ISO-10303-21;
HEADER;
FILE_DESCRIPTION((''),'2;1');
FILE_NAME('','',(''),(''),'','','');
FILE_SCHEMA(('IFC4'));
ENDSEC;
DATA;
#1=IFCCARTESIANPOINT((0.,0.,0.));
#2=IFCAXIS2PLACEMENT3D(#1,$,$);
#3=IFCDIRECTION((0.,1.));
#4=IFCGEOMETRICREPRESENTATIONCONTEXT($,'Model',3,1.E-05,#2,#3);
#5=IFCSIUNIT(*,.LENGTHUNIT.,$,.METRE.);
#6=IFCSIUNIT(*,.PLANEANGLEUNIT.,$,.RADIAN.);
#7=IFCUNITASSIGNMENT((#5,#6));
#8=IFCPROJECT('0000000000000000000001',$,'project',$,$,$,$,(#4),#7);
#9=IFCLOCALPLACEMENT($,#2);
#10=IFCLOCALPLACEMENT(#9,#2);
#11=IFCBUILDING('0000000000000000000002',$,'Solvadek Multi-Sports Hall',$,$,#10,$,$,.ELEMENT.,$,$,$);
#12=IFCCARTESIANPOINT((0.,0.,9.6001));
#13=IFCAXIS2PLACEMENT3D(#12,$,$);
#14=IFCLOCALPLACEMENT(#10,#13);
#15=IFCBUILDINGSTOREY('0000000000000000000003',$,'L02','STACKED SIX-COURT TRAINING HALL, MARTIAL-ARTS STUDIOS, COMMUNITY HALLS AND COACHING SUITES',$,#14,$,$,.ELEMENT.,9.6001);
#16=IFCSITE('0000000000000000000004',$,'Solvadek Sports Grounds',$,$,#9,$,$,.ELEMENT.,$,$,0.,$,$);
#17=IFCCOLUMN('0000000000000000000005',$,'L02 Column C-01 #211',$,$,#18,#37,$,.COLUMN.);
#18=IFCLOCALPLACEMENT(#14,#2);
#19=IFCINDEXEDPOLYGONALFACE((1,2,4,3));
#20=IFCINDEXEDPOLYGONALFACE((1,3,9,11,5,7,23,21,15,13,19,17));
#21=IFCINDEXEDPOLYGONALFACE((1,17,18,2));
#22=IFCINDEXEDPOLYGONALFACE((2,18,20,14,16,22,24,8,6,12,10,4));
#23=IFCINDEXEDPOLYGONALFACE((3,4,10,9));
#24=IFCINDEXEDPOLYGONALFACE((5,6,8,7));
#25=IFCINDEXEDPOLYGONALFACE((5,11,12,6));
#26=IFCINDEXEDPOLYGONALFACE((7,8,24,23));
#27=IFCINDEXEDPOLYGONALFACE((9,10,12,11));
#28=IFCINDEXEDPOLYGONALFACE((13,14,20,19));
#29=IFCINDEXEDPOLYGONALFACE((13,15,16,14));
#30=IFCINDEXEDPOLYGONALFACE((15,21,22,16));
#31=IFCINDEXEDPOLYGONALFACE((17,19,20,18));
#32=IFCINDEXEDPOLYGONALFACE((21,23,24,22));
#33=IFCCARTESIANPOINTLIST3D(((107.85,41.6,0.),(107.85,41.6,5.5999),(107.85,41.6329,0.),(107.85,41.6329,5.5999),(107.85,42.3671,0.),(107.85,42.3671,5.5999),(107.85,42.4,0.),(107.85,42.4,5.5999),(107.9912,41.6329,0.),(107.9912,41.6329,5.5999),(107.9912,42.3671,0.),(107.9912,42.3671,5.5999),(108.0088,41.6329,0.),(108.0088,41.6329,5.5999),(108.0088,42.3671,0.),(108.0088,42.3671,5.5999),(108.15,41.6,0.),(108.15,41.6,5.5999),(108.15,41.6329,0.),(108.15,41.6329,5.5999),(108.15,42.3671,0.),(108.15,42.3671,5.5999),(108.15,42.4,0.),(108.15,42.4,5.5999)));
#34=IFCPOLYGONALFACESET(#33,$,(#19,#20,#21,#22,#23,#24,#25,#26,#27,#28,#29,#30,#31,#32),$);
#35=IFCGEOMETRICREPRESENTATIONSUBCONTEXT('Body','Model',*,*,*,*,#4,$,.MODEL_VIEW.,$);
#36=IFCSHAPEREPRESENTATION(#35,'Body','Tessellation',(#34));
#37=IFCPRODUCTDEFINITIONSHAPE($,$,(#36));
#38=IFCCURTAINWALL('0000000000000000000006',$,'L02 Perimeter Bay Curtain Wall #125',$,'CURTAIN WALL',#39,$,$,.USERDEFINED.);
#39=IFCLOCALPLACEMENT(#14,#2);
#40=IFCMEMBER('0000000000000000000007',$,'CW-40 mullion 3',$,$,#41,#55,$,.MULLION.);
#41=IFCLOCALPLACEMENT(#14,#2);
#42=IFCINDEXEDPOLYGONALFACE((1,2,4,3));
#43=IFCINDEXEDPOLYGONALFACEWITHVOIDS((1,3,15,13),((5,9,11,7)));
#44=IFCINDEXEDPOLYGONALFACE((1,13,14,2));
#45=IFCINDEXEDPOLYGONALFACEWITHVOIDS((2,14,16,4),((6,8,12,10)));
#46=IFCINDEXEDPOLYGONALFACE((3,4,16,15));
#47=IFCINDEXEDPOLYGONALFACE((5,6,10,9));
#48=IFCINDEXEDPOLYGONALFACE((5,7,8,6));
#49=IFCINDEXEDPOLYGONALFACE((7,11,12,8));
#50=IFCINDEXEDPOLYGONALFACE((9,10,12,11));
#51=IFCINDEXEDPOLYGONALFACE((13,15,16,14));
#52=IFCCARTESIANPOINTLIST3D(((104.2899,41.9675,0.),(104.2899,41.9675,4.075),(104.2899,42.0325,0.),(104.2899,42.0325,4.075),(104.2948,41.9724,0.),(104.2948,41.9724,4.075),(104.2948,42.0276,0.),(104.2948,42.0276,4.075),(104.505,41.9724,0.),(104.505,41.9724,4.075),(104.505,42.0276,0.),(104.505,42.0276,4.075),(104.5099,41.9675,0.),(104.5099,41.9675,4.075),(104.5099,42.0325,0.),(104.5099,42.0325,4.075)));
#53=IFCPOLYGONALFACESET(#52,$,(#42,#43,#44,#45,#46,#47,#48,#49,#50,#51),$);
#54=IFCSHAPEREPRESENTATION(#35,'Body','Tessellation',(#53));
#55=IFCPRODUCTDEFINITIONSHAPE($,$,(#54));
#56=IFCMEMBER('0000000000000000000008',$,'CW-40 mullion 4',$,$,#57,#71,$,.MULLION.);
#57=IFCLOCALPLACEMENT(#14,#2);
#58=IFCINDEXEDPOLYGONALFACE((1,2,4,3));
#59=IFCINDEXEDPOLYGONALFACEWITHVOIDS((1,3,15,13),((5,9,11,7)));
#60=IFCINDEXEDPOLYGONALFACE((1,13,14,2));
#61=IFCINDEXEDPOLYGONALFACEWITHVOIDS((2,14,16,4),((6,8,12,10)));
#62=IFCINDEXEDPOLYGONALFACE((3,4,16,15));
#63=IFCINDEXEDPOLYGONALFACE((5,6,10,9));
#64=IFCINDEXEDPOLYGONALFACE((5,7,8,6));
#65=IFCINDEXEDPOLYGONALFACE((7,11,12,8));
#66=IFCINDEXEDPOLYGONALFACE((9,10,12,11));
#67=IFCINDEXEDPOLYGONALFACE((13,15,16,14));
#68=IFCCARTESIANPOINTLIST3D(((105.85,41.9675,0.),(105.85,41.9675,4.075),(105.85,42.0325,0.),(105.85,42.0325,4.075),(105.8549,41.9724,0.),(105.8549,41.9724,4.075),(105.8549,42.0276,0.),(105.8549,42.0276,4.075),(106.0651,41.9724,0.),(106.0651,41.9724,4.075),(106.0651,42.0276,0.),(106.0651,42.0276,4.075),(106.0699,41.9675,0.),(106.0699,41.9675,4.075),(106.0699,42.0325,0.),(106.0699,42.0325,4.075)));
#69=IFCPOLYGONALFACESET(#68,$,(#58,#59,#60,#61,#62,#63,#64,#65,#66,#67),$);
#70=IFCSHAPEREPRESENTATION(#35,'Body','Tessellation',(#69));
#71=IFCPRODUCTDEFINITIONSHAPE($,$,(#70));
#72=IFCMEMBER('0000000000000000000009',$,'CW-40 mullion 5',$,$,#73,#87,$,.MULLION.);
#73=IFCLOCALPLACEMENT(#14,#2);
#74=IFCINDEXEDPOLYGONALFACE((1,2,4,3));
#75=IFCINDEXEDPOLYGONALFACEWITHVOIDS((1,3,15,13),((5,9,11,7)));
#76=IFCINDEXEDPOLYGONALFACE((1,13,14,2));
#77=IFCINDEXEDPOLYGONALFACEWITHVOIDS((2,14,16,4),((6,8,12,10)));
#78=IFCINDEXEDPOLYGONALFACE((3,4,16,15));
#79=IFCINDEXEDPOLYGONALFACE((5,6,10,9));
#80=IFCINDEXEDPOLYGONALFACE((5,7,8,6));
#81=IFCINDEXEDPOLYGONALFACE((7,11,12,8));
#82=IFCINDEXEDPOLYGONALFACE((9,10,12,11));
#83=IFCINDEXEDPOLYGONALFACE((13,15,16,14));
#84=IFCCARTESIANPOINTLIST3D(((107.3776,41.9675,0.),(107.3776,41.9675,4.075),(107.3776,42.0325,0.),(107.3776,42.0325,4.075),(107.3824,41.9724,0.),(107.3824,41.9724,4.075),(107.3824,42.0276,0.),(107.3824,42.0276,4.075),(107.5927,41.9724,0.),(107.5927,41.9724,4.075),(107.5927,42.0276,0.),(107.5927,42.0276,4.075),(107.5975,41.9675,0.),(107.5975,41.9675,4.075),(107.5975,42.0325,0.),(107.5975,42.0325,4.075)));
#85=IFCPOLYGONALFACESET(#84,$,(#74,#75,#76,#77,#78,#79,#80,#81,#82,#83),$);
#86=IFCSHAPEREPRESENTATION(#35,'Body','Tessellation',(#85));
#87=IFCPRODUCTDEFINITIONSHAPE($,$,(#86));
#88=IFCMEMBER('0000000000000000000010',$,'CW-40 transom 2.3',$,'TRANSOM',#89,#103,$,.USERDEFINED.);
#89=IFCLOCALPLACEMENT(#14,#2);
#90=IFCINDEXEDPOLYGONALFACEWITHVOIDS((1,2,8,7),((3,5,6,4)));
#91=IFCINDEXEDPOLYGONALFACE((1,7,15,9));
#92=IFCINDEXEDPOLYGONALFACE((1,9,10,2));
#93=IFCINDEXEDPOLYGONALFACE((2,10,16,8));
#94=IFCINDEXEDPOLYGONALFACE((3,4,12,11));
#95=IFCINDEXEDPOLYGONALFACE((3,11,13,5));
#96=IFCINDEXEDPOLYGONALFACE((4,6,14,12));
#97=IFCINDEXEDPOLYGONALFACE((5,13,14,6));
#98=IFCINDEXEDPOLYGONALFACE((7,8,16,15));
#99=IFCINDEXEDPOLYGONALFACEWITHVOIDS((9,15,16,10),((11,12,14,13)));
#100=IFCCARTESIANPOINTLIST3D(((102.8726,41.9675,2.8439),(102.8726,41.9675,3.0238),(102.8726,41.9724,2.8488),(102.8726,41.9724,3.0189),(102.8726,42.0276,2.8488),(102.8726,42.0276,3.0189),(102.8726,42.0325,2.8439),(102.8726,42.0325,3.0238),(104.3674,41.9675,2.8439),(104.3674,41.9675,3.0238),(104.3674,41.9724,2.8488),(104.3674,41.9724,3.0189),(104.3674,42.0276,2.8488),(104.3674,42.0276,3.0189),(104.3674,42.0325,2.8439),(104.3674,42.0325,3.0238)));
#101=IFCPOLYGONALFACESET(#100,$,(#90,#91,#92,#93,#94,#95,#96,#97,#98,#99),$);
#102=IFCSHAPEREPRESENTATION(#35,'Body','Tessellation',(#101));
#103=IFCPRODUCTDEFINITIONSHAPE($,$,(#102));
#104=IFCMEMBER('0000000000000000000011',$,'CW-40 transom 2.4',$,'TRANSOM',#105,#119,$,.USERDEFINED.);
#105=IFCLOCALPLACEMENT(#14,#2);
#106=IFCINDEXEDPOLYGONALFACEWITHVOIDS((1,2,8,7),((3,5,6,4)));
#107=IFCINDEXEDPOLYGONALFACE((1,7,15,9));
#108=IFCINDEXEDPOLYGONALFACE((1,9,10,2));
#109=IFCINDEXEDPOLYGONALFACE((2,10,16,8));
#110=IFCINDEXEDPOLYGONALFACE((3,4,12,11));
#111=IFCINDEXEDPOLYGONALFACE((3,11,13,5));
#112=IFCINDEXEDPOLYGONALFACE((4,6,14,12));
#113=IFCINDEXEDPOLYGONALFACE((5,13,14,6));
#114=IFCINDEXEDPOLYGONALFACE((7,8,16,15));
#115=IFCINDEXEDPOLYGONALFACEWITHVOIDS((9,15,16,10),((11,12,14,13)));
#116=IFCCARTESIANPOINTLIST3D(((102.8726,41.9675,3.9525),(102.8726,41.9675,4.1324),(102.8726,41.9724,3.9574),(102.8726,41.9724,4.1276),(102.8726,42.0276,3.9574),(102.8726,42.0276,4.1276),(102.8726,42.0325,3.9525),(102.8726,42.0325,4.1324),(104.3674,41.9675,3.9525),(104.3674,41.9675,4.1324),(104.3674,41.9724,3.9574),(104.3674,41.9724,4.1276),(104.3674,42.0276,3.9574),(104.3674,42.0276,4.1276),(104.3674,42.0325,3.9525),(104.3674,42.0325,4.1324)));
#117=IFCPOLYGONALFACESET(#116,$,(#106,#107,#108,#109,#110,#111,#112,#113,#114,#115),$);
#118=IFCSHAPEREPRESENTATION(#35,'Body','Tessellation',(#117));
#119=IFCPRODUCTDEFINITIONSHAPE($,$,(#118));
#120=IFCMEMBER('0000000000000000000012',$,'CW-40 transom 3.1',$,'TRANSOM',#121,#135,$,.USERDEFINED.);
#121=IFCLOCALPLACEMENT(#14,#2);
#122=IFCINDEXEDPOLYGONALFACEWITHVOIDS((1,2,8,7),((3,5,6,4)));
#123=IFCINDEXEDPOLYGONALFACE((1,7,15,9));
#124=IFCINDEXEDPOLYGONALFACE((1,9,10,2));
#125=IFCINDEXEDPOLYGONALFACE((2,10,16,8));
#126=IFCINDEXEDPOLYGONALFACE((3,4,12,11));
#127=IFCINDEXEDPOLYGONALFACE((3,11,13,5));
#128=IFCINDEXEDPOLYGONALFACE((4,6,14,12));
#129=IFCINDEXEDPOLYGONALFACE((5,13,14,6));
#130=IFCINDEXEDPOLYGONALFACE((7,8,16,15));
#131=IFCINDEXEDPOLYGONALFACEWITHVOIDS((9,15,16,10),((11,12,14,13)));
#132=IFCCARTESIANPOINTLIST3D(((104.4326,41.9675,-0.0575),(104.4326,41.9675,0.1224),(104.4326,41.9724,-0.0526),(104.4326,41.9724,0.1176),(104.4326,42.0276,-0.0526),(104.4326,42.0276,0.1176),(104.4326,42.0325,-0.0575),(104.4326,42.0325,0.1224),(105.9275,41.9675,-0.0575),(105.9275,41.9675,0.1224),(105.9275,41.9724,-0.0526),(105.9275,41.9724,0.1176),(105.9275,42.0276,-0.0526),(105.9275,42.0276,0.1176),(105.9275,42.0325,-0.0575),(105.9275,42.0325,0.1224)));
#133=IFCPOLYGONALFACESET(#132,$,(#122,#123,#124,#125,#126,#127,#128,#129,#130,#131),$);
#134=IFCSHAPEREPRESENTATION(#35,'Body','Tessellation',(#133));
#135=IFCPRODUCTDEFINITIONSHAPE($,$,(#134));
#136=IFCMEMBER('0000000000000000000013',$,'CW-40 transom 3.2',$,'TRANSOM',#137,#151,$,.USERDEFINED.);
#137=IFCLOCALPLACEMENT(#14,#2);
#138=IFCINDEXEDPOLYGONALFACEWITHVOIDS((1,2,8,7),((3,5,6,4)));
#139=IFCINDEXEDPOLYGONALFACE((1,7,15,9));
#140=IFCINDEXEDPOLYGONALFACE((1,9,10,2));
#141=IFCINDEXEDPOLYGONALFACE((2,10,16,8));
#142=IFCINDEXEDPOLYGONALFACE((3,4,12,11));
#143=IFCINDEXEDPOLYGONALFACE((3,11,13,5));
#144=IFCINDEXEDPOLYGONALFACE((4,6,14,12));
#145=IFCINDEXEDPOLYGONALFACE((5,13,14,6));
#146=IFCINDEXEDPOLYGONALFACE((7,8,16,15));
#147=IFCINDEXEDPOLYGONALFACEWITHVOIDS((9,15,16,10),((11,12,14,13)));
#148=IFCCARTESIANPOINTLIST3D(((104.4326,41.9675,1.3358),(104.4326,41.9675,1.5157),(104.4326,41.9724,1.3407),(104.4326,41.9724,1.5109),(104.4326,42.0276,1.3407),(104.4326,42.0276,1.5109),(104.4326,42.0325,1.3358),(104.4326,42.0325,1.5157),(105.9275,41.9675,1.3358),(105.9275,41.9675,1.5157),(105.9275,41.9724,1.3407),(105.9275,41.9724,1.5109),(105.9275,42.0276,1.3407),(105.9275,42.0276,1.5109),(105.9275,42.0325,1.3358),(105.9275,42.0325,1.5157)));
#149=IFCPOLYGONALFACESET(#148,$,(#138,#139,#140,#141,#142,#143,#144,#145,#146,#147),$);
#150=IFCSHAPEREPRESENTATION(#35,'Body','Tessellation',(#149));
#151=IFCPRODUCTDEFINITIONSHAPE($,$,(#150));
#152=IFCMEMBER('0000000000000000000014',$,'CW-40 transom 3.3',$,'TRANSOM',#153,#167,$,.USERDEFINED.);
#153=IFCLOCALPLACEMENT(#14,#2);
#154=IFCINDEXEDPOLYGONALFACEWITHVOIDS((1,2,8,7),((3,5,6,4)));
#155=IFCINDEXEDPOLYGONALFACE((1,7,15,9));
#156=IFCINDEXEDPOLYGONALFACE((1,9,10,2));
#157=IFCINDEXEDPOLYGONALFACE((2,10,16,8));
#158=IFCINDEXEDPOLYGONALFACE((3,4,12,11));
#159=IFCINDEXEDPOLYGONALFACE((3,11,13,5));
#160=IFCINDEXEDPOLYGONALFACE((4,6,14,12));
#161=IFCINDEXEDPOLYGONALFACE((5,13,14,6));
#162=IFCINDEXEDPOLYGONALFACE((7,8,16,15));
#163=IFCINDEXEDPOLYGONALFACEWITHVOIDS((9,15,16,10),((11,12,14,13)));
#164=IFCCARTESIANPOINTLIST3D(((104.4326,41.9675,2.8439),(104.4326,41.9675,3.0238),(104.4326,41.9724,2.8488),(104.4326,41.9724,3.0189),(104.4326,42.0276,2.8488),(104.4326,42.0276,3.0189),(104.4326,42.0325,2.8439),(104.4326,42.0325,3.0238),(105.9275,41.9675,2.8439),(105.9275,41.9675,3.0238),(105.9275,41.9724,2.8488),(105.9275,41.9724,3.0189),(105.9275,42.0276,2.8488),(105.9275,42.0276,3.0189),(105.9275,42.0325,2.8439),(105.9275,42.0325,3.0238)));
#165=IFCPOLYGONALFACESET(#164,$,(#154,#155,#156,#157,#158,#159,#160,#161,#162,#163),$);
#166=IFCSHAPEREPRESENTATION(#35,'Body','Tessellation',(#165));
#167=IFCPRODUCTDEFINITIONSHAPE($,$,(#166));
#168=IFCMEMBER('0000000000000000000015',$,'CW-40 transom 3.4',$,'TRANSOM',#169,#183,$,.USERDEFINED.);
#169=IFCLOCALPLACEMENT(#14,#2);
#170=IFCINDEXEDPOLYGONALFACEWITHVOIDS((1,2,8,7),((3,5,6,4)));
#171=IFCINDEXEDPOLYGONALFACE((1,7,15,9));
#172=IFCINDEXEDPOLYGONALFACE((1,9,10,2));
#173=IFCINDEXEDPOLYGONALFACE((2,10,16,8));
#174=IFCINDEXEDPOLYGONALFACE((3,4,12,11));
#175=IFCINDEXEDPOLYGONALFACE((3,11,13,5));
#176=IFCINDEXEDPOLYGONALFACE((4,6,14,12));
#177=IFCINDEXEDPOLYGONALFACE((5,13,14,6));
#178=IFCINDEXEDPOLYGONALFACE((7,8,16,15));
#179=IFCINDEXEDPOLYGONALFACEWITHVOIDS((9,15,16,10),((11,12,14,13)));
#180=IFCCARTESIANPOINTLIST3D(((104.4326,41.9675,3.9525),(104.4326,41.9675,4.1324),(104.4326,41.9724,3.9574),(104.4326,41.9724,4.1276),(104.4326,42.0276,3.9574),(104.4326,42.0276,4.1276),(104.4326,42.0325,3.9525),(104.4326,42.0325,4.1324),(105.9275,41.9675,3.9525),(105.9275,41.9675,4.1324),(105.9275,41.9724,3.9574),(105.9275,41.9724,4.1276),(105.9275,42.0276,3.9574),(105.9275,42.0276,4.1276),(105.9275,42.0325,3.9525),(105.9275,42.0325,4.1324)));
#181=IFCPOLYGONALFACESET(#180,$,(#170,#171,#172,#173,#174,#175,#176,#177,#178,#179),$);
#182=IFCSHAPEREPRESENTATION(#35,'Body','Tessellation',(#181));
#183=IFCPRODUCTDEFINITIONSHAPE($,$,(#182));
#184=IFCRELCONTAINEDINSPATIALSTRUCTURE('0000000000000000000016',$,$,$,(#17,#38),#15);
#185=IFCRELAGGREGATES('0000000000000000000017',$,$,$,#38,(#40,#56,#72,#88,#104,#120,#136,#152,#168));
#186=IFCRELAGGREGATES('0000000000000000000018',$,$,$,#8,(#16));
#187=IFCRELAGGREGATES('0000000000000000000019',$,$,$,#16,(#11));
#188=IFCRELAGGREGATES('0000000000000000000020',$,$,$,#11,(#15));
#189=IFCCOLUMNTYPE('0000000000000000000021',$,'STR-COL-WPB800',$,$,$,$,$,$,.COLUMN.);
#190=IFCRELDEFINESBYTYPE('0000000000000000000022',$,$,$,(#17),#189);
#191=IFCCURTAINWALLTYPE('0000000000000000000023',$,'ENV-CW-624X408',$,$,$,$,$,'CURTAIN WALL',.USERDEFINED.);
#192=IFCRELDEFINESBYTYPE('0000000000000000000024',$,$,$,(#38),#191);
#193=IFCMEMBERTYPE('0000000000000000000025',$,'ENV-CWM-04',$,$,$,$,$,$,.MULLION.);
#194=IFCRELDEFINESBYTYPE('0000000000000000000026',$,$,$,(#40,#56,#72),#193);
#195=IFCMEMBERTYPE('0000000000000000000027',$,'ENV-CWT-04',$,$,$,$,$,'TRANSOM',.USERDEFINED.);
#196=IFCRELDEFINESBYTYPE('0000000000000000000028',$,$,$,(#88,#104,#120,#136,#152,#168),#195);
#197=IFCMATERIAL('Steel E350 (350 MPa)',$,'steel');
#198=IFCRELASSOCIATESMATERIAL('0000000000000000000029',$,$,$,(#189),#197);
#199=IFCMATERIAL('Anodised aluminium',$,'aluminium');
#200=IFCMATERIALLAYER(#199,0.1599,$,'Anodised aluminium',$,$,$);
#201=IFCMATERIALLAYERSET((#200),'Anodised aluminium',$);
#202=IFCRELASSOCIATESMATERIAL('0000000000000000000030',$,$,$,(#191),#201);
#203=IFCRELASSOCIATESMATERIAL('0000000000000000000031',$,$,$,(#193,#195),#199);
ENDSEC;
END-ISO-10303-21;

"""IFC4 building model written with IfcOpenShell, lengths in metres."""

from ifc_helpers import new_model, si_unit, direction, frame, origin, origin_2d, place, context, subcontext, project, spatial, hollow_rectangle, i_section, extrude, material, layer, layer_set, material_profile, profile_set, type_object, element, aggregate, save


model = new_model("IFC4")

# Units and contexts
model_context = context("Model", 3, precision=1e-05, world=origin(), true_north=direction((0.0, 1.0)))
body_context = subcontext(model_context, "Body", "Model", "MODEL_VIEW")
ifc_project = project(units=[si_unit("LENGTHUNIT", "METRE"), si_unit("PLANEANGLEUNIT", "RADIAN")], contexts=[model_context])

# Site, building, storey
site_placement = place(None, origin())
site = spatial("IfcSite", under=ifc_project, at=site_placement, Name="Solvadek Sports Grounds", CompositionType="ELEMENT", RefElevation=0.0)
building_placement = place(site_placement, origin())
building = spatial("IfcBuilding", under=site, at=building_placement, Name="Solvadek Multi-Sports Hall", CompositionType="ELEMENT")
storey_placement = place(building_placement, frame((0.0, 0.0, 9.6001)))
storey = spatial("IfcBuildingStorey", under=building, at=storey_placement, Name="L02", Description="STACKED SIX-COURT TRAINING HALL, MARTIAL-ARTS STUDIOS, COMMUNITY HALLS AND COACHING SUITES", CompositionType="ELEMENT", Elevation=9.6001)

# Column
ifc_material_1 = material(Name="Steel E350 (350 MPa)", Category="steel")
ifc_material_profile_1 = material_profile(ifc_material_1, i_section(OverallWidth=0.3, OverallDepth=0.8, WebThickness=0.0176, FlangeThickness=0.033, at=origin_2d()), Name="WPB 800")
ifc_profile_set_1 = profile_set([ifc_material_profile_1], Name="Steel E350 (350 MPa)")
column_type = type_object("IfcColumnType", Name="STR-COL-WPB800", PredefinedType="COLUMN", material=ifc_profile_set_1)
column_placement = place(storey_placement, frame((108.0, 42.0, 0.0), z_axis=(0.0, 0.0, 1.0), x_axis=(1.0, 0.0, 0.0)))
element("IfcColumn", 1, at=column_placement, inside=storey, type_object=column_type, Name="L02 Column C-01 #211", PredefinedType="COLUMN", context=body_context, shape_type="SweptSolid", body=[
    extrude(i_section(OverallWidth=0.3, OverallDepth=0.8, WebThickness=0.0176, FlangeThickness=0.033, at=origin_2d()), origin(), (0.0, 0.0, 1.0), 5.5999),
])

# Curtain wall, members
ifc_material_2 = material(Name="Anodised aluminium", Category="aluminium")
ifc_layer_1 = layer(ifc_material_2, 0.1599, Name="Anodised aluminium")
ifc_layer_set_1 = layer_set([ifc_layer_1], Name="Anodised aluminium")
curtain_wall_type = type_object("IfcCurtainWallType", Name="ENV-CW-624X408", ElementType="CURTAIN WALL", PredefinedType="USERDEFINED", material=ifc_layer_set_1)
curtain_wall_placement = place(storey_placement, origin())
curtain_wall = element("IfcCurtainWall", 2, at=curtain_wall_placement, inside=storey, type_object=curtain_wall_type, Name="L02 Perimeter Bay Curtain Wall #125", ObjectType="CURTAIN WALL", PredefinedType="USERDEFINED")
ifc_material_profile_2 = material_profile(ifc_material_2, hollow_rectangle(XDim=0.0649, YDim=0.22, WallThickness=0.0049, at=origin_2d()), Name="ALU-M 220x65x5")
ifc_profile_set_2 = profile_set([ifc_material_profile_2], Name="Anodised aluminium")
member_type_1 = type_object("IfcMemberType", Name="ENV-CWM-04", PredefinedType="MULLION", material=ifc_profile_set_2)
member_1_placement = place(storey_placement, frame((104.3999, 42.0, 0.0), z_axis=(0.0, 0.0, 1.0), x_axis=(0.0, 1.0, 0.0)))
member_1 = element("IfcMember", 3, at=member_1_placement, type_object=member_type_1, Name="CW-40 mullion 3", PredefinedType="MULLION", context=body_context, shape_type="SweptSolid", body=[
    extrude(hollow_rectangle(XDim=0.0649, YDim=0.22, WallThickness=0.0049, at=origin_2d()), origin(), (0.0, 0.0, 1.0), 4.075),
])
member_2_placement = place(storey_placement, frame((105.96, 42.0, 0.0), z_axis=(0.0, 0.0, 1.0), x_axis=(0.0, 1.0, 0.0)))
member_2 = element("IfcMember", 4, at=member_2_placement, type_object=member_type_1, Name="CW-40 mullion 4", PredefinedType="MULLION", context=body_context, shape_type="SweptSolid", body=[
    extrude(hollow_rectangle(XDim=0.0649, YDim=0.22, WallThickness=0.0049, at=origin_2d()), origin(), (0.0, 0.0, 1.0), 4.075),
])
member_3_placement = place(storey_placement, frame((107.4875, 42.0, 0.0), z_axis=(0.0, 0.0, 1.0), x_axis=(0.0, 1.0, 0.0)))
member_3 = element("IfcMember", 5, at=member_3_placement, type_object=member_type_1, Name="CW-40 mullion 5", PredefinedType="MULLION", context=body_context, shape_type="SweptSolid", body=[
    extrude(hollow_rectangle(XDim=0.0649, YDim=0.22, WallThickness=0.0049, at=origin_2d()), origin(), (0.0, 0.0, 1.0), 4.075),
])
ifc_material_profile_3 = material_profile(ifc_material_2, hollow_rectangle(XDim=0.0649, YDim=0.1799, WallThickness=0.0049, at=origin_2d()), Name="ALU-T 180x65x5")
ifc_profile_set_3 = profile_set([ifc_material_profile_3], Name="Anodised aluminium")
member_type_2 = type_object("IfcMemberType", Name="ENV-CWT-04", ElementType="TRANSOM", PredefinedType="USERDEFINED", material=ifc_profile_set_3)
member_4_placement = place(storey_placement, frame((102.8726, 42.0, 2.9338), z_axis=(1.0, 0.0, 0.0), x_axis=(0.0, 1.0, 0.0)))
member_4 = element("IfcMember", 6, at=member_4_placement, type_object=member_type_2, Name="CW-40 transom 2.3", ObjectType="TRANSOM", PredefinedType="USERDEFINED", context=body_context, shape_type="SweptSolid", body=[
    extrude(hollow_rectangle(XDim=0.0649, YDim=0.1799, WallThickness=0.0049, at=origin_2d()), origin(), (0.0, 0.0, 1.0), 1.4949),
])
member_5_placement = place(storey_placement, frame((102.8726, 42.0, 4.0425), z_axis=(1.0, 0.0, 0.0), x_axis=(0.0, 1.0, 0.0)))
member_5 = element("IfcMember", 7, at=member_5_placement, type_object=member_type_2, Name="CW-40 transom 2.4", ObjectType="TRANSOM", PredefinedType="USERDEFINED", context=body_context, shape_type="SweptSolid", body=[
    extrude(hollow_rectangle(XDim=0.0649, YDim=0.1799, WallThickness=0.0049, at=origin_2d()), origin(), (0.0, 0.0, 1.0), 1.4949),
])
member_6_placement = place(storey_placement, frame((104.4326, 42.0, 0.0325), z_axis=(1.0, 0.0, 0.0), x_axis=(0.0, 1.0, 0.0)))
member_6 = element("IfcMember", 8, at=member_6_placement, type_object=member_type_2, Name="CW-40 transom 3.1", ObjectType="TRANSOM", PredefinedType="USERDEFINED", context=body_context, shape_type="SweptSolid", body=[
    extrude(hollow_rectangle(XDim=0.0649, YDim=0.1799, WallThickness=0.0049, at=origin_2d()), origin(), (0.0, 0.0, 1.0), 1.4949),
])
member_7_placement = place(storey_placement, frame((104.4326, 42.0, 1.4258), z_axis=(1.0, 0.0, 0.0), x_axis=(0.0, 1.0, 0.0)))
member_7 = element("IfcMember", 9, at=member_7_placement, type_object=member_type_2, Name="CW-40 transom 3.2", ObjectType="TRANSOM", PredefinedType="USERDEFINED", context=body_context, shape_type="SweptSolid", body=[
    extrude(hollow_rectangle(XDim=0.0649, YDim=0.1799, WallThickness=0.0049, at=origin_2d()), origin(), (0.0, 0.0, 1.0), 1.4949),
])
member_8_placement = place(storey_placement, frame((104.4326, 42.0, 2.9338), z_axis=(1.0, 0.0, 0.0), x_axis=(0.0, 1.0, 0.0)))
member_8 = element("IfcMember", 10, at=member_8_placement, type_object=member_type_2, Name="CW-40 transom 3.3", ObjectType="TRANSOM", PredefinedType="USERDEFINED", context=body_context, shape_type="SweptSolid", body=[
    extrude(hollow_rectangle(XDim=0.0649, YDim=0.1799, WallThickness=0.0049, at=origin_2d()), origin(), (0.0, 0.0, 1.0), 1.4949),
])
member_9_placement = place(storey_placement, frame((104.4326, 42.0, 4.0425), z_axis=(1.0, 0.0, 0.0), x_axis=(0.0, 1.0, 0.0)))
member_9 = element("IfcMember", 11, at=member_9_placement, type_object=member_type_2, Name="CW-40 transom 3.4", ObjectType="TRANSOM", PredefinedType="USERDEFINED", context=body_context, shape_type="SweptSolid", body=[
    extrude(hollow_rectangle(XDim=0.0649, YDim=0.1799, WallThickness=0.0049, at=origin_2d()), origin(), (0.0, 0.0, 1.0), 1.4949),
])

aggregate(curtain_wall, [member_1, member_2, member_3, member_4, member_5, member_6, member_7, member_8, member_9])

save(model, "model.ifc")
